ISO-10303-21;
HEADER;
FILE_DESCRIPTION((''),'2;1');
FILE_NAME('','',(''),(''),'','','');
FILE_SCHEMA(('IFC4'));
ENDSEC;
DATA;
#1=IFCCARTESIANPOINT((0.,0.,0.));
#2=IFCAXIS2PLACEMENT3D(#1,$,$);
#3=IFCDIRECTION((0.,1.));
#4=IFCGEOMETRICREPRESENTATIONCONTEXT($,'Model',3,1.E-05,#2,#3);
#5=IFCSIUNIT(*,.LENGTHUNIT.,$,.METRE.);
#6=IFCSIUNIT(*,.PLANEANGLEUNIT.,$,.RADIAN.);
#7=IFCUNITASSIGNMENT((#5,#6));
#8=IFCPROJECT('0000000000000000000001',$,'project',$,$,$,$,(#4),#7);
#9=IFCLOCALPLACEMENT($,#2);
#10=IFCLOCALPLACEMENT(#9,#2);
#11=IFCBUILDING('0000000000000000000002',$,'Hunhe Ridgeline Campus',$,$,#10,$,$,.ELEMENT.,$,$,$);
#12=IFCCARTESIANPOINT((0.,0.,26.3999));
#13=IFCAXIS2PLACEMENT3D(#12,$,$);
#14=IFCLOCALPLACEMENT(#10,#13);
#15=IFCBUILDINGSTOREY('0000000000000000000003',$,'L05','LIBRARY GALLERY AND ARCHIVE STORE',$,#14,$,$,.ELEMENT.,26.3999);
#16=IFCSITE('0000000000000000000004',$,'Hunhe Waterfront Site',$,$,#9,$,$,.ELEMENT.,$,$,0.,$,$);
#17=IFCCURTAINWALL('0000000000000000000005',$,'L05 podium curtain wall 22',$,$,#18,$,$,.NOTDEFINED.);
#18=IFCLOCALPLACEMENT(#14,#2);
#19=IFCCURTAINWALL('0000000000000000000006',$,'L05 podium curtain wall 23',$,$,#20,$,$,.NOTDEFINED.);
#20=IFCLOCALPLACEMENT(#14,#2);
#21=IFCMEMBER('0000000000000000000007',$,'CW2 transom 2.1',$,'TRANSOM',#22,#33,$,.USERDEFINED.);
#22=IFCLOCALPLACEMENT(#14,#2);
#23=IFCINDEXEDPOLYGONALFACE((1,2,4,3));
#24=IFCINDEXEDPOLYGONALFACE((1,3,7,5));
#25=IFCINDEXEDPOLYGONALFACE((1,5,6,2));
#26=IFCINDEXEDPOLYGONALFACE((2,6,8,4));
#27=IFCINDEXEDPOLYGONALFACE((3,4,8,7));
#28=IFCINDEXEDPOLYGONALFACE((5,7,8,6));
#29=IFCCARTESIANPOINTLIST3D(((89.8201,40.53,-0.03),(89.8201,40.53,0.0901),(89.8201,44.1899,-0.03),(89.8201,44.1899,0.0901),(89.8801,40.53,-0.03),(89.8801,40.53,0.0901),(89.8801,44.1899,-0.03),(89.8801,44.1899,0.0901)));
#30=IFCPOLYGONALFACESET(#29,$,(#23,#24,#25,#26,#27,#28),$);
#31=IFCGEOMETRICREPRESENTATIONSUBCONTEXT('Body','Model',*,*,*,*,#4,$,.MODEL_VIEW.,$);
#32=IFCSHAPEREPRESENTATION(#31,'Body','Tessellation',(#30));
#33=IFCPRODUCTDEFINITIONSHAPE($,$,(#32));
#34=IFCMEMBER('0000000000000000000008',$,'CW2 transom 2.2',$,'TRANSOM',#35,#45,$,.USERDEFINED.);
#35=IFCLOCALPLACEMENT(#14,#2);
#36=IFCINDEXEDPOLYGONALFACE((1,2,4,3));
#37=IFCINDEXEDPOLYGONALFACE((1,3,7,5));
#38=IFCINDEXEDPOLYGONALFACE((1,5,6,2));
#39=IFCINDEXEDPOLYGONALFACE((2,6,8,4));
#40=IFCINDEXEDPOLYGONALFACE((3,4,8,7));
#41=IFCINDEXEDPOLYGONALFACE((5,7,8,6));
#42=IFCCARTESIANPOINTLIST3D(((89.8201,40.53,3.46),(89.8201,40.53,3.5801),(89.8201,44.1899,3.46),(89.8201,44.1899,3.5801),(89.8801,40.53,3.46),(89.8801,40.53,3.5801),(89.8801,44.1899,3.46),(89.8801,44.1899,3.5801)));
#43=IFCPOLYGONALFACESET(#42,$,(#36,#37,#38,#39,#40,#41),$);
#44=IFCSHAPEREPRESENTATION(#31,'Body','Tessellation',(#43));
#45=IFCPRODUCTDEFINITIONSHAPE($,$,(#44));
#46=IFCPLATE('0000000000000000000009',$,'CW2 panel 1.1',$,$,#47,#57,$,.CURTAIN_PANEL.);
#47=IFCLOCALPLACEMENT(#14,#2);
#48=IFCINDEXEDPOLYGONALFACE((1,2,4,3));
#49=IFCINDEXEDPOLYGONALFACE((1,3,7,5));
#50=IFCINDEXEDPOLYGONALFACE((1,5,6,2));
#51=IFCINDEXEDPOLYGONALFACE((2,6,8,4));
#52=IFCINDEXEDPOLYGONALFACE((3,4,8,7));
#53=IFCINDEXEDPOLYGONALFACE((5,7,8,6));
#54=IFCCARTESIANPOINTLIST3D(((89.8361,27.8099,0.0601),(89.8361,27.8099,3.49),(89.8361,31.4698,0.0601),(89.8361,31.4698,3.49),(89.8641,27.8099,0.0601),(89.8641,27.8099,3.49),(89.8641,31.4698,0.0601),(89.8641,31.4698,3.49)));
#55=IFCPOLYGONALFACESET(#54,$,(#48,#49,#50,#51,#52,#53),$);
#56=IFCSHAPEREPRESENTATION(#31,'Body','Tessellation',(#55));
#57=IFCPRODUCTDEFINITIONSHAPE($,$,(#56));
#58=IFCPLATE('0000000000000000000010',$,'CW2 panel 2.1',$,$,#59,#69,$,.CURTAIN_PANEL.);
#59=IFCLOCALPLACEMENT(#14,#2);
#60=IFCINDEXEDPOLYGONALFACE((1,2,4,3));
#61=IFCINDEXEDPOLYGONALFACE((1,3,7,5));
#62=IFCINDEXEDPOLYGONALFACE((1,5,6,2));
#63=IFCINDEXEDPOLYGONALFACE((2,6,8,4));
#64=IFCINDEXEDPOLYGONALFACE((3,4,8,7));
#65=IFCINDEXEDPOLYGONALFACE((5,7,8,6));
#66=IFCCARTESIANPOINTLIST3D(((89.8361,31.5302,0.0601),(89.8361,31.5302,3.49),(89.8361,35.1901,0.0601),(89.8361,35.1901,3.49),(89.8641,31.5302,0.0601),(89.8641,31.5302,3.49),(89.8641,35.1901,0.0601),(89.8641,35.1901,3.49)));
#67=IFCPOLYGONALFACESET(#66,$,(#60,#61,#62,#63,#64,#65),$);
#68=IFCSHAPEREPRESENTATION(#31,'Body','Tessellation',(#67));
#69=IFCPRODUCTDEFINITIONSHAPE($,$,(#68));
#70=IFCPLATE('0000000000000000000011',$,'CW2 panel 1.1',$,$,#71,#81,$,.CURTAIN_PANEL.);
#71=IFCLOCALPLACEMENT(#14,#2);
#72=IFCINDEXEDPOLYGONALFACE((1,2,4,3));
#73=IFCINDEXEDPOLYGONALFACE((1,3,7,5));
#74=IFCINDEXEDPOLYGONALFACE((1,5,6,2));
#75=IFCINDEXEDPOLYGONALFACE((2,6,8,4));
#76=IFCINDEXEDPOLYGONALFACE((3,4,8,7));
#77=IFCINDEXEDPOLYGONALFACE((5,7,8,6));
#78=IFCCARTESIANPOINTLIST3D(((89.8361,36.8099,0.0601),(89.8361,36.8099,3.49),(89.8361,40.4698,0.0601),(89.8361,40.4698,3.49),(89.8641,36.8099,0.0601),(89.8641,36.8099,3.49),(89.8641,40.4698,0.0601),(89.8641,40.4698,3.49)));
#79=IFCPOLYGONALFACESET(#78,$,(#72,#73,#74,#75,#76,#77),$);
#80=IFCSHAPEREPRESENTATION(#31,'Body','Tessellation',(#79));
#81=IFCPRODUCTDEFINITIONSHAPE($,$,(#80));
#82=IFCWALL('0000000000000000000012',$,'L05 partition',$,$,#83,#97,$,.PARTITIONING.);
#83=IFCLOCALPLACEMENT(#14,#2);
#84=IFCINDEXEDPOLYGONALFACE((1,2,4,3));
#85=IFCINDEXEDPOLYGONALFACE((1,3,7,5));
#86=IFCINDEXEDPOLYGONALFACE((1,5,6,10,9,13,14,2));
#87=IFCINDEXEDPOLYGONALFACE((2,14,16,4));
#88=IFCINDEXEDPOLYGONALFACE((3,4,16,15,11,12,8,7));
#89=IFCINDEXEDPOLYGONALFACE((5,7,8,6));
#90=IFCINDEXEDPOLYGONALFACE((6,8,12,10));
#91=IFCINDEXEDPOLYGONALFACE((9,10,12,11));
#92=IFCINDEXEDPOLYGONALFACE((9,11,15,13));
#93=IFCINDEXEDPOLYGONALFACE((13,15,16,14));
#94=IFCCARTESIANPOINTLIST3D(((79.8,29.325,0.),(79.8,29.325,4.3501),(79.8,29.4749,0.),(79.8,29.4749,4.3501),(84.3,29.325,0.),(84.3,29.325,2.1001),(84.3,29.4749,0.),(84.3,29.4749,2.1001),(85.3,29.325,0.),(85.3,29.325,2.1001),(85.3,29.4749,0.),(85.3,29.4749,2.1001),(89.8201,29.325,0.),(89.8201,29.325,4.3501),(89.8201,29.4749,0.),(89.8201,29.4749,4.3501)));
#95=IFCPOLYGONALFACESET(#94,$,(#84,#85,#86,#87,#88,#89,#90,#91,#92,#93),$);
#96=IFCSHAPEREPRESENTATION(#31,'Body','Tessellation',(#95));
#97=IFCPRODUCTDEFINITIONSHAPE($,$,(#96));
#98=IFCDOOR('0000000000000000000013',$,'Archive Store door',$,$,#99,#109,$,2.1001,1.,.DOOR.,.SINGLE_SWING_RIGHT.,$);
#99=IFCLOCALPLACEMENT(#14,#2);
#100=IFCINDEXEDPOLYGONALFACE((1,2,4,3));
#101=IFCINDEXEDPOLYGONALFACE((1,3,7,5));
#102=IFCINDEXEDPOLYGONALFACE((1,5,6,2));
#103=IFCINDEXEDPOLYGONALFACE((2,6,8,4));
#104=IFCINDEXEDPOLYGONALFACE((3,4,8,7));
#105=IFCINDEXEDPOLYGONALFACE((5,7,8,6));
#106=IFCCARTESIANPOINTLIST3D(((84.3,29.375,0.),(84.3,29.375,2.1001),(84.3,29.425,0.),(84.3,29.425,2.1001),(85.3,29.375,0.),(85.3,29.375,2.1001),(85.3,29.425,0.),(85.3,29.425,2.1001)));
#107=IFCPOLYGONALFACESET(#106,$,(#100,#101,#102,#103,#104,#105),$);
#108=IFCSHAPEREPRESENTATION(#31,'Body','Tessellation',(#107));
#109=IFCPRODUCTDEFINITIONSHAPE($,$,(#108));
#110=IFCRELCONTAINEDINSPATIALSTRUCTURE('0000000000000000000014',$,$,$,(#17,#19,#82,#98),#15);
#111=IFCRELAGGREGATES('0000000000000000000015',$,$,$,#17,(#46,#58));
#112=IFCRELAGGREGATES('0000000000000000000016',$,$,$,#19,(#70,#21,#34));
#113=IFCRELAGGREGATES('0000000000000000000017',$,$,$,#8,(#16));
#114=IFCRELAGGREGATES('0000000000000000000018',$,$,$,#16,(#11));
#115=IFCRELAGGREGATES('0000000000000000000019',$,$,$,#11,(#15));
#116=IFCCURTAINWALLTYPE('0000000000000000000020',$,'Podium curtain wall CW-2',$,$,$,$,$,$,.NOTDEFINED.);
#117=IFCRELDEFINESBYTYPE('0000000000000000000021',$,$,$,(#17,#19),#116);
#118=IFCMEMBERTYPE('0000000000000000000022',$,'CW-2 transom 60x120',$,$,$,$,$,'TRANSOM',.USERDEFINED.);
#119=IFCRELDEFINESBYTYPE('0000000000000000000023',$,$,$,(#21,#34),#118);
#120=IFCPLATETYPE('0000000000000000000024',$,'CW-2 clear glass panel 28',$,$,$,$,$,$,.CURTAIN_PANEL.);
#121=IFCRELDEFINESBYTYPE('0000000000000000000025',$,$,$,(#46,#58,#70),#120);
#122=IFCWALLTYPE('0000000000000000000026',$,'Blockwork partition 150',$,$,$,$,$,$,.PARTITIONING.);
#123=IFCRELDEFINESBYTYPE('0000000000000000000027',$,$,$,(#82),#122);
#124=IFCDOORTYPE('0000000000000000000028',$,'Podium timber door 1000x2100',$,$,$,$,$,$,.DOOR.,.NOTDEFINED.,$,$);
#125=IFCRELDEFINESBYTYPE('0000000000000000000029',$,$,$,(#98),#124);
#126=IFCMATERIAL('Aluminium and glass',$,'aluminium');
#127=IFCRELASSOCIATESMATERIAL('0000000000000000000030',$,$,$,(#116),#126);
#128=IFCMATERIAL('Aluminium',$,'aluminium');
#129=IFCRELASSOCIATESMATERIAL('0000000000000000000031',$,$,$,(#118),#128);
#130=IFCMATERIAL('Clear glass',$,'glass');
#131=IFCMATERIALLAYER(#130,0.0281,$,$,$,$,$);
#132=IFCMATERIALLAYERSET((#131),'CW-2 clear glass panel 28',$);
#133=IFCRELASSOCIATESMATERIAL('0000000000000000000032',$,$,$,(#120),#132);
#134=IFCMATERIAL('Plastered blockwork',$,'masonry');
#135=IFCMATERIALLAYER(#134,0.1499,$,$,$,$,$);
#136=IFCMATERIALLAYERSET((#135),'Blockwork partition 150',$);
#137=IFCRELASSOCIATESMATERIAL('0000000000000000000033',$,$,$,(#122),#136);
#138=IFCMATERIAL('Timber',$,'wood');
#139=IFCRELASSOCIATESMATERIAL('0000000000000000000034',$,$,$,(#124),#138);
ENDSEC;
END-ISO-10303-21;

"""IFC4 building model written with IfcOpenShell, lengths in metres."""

from ifc_helpers import new_model, si_unit, direction, frame, frame_2d, origin, origin_2d, place, context, subcontext, project, spatial, rectangle, extrude, material, layer, layer_set, material_profile, profile_set, type_object, element, fill, aggregate, save


model = new_model("IFC4")

# Units and contexts
model_context = context("Model", 3, precision=1e-05, world=origin(), true_north=direction((0.0, 1.0)))
body_context = subcontext(model_context, "Body", "Model", "MODEL_VIEW")
ifc_project = project(units=[si_unit("LENGTHUNIT", "METRE"), si_unit("PLANEANGLEUNIT", "RADIAN")], contexts=[model_context])

# Site, building, storey
site_placement = place(None, origin())
site = spatial("IfcSite", under=ifc_project, at=site_placement, Name="Hunhe Waterfront Site", CompositionType="ELEMENT", RefElevation=0.0)
building_placement = place(site_placement, origin())
building = spatial("IfcBuilding", under=site, at=building_placement, Name="Hunhe Ridgeline Campus", CompositionType="ELEMENT")
storey_placement = place(building_placement, frame((0.0, 0.0, 26.3999)))
storey = spatial("IfcBuildingStorey", under=building, at=storey_placement, Name="L05", Description="LIBRARY GALLERY AND ARCHIVE STORE", CompositionType="ELEMENT", Elevation=26.3999)

# Curtain walls
ifc_material_1 = material(Name="Aluminium and glass", Category="aluminium")
curtain_wall_type = type_object("IfcCurtainWallType", Name="Podium curtain wall CW-2", PredefinedType="NOTDEFINED", material=ifc_material_1)
curtain_wall_1_placement = place(storey_placement, origin())
curtain_wall_1 = element("IfcCurtainWall", 1, at=curtain_wall_1_placement, inside=storey, type_object=curtain_wall_type, Name="L05 podium curtain wall 22", PredefinedType="NOTDEFINED")
ifc_material_2 = material(Name="Aluminium", Category="aluminium")
curtain_wall_2_placement = place(storey_placement, origin())
curtain_wall_2 = element("IfcCurtainWall", 2, at=curtain_wall_2_placement, inside=storey, type_object=curtain_wall_type, Name="L05 podium curtain wall 23", PredefinedType="NOTDEFINED")

# Members
ifc_material_profile_1 = material_profile(ifc_material_2, rectangle(XDim=0.0601, YDim=0.1201, at=origin_2d()))
ifc_profile_set_1 = profile_set([ifc_material_profile_1], Name="Aluminium")
member_type_1 = type_object("IfcMemberType", Name="CW-2 transom 60x120", ElementType="TRANSOM", PredefinedType="USERDEFINED", material=ifc_profile_set_1)
member_1_placement = place(storey_placement, frame((89.8501, 40.53, 0.03), z_axis=(0.0, 1.0, 0.0), x_axis=(-1.0, 0.0, 0.0)))
member_1 = element("IfcMember", 3, at=member_1_placement, type_object=member_type_1, Name="CW2 transom 2.1", ObjectType="TRANSOM", PredefinedType="USERDEFINED", context=body_context, shape_type="SweptSolid", body=[
    extrude(rectangle(XDim=0.0601, YDim=0.1201, at=origin_2d()), origin(), (0.0, 0.0, 1.0), 3.6599),
])
member_2_placement = place(storey_placement, frame((89.8501, 40.53, 3.52), z_axis=(0.0, 1.0, 0.0), x_axis=(-1.0, 0.0, 0.0)))
member_2 = element("IfcMember", 4, at=member_2_placement, type_object=member_type_1, Name="CW2 transom 2.2", ObjectType="TRANSOM", PredefinedType="USERDEFINED", context=body_context, shape_type="SweptSolid", body=[
    extrude(rectangle(XDim=0.0601, YDim=0.1201, at=origin_2d()), origin(), (0.0, 0.0, 1.0), 3.6599),
])

# Plates
ifc_material_3 = material(Name="Clear glass", Category="glass")
ifc_layer_1 = layer(ifc_material_3, 0.0281)
ifc_layer_set_1 = layer_set([ifc_layer_1], Name="CW-2 clear glass panel 28")
plate_type = type_object("IfcPlateType", Name="CW-2 clear glass panel 28", PredefinedType="CURTAIN_PANEL", material=ifc_layer_set_1)
plate_1_placement = place(storey_placement, frame((89.8501, 29.6399, 0.0601), z_axis=(0.0, 0.0, 1.0), x_axis=(0.0, 1.0, 0.0)))
plate_1 = element("IfcPlate", 5, at=plate_1_placement, type_object=plate_type, Name="CW2 panel 1.1", PredefinedType="CURTAIN_PANEL", context=body_context, shape_type="SweptSolid", body=[
    extrude(rectangle(XDim=3.6599, YDim=0.0281, at=origin_2d()), origin(), (0.0, 0.0, 1.0), 3.4299),
])
plate_2_placement = place(storey_placement, frame((89.8501, 33.3601, 0.0601), z_axis=(0.0, 0.0, 1.0), x_axis=(0.0, 1.0, 0.0)))
plate_2 = element("IfcPlate", 6, at=plate_2_placement, type_object=plate_type, Name="CW2 panel 2.1", PredefinedType="CURTAIN_PANEL", context=body_context, shape_type="SweptSolid", body=[
    extrude(rectangle(XDim=3.6599, YDim=0.0281, at=origin_2d()), origin(), (0.0, 0.0, 1.0), 3.4299),
])
aggregate(curtain_wall_1, [plate_1, plate_2])
plate_3_placement = place(storey_placement, frame((89.8501, 38.6399, 0.0601), z_axis=(0.0, 0.0, 1.0), x_axis=(0.0, 1.0, 0.0)))
plate_3 = element("IfcPlate", 7, at=plate_3_placement, type_object=plate_type, Name="CW2 panel 1.1", PredefinedType="CURTAIN_PANEL", context=body_context, shape_type="SweptSolid", body=[
    extrude(rectangle(XDim=3.6599, YDim=0.0281, at=origin_2d()), origin(), (0.0, 0.0, 1.0), 3.4299),
])
aggregate(curtain_wall_2, [plate_3, member_1, member_2])

# Wall, opening, door
ifc_material_4 = material(Name="Plastered blockwork", Category="masonry")
ifc_layer_2 = layer(ifc_material_4, 0.1499)
ifc_layer_set_2 = layer_set([ifc_layer_2], Name="Blockwork partition 150")
wall_type = type_object("IfcWallType", Name="Blockwork partition 150", PredefinedType="PARTITIONING", material=ifc_layer_set_2)
wall_placement = place(storey_placement, frame((89.8201, 29.3999, 0.0), z_axis=(0.0, 0.0, 1.0), x_axis=(-1.0, 0.0, 0.0)))
wall = element("IfcWall", 8, at=wall_placement, inside=storey, type_object=wall_type, Name="L05 partition", PredefinedType="PARTITIONING", context=body_context, shape_type="SweptSolid", body=[
    extrude(rectangle(XDim=10.02, YDim=0.1499, at=frame_2d((5.01, 0.0))), origin(), (0.0, 0.0, 1.0), 4.3501),
])
opening_placement = place(wall_placement, frame((4.52, 0.0, 0.0)))
opening = element("IfcOpeningElement", 9, at=opening_placement, cuts=wall, PredefinedType="OPENING", context=body_context, shape_type="SweptSolid", body=[
    extrude(rectangle(XDim=1.0, YDim=2.1001, at=frame_2d((0.5, 1.05))), frame((0.0, 0.075, 0.0), z_axis=(0.0, -1.0, 0.0), x_axis=(1.0, 0.0, 0.0)), (0.0, 0.0, 1.0), 0.1499),
])
ifc_material_5 = material(Name="Timber", Category="wood")
door_type = type_object("IfcDoorType", Name="Podium timber door 1000x2100", OperationType="NOTDEFINED", PredefinedType="DOOR", material=ifc_material_5)
door_placement = place(opening_placement, origin())
door = element("IfcDoor", 10, at=door_placement, inside=storey, type_object=door_type, Name="Archive Store door", OperationType="SINGLE_SWING_RIGHT", OverallHeight=2.1001, OverallWidth=1.0, PredefinedType="DOOR", context=body_context, shape_type="SweptSolid", body=[
    extrude(rectangle(XDim=1.0, YDim=2.1001, at=frame_2d((0.5, 1.05))), frame((0.0, 0.0249, 0.0), z_axis=(0.0, -1.0, 0.0), x_axis=(1.0, 0.0, 0.0)), (0.0, 0.0, 1.0), 0.05),
])
fill(opening, door)

save(model, "model.ifc")
